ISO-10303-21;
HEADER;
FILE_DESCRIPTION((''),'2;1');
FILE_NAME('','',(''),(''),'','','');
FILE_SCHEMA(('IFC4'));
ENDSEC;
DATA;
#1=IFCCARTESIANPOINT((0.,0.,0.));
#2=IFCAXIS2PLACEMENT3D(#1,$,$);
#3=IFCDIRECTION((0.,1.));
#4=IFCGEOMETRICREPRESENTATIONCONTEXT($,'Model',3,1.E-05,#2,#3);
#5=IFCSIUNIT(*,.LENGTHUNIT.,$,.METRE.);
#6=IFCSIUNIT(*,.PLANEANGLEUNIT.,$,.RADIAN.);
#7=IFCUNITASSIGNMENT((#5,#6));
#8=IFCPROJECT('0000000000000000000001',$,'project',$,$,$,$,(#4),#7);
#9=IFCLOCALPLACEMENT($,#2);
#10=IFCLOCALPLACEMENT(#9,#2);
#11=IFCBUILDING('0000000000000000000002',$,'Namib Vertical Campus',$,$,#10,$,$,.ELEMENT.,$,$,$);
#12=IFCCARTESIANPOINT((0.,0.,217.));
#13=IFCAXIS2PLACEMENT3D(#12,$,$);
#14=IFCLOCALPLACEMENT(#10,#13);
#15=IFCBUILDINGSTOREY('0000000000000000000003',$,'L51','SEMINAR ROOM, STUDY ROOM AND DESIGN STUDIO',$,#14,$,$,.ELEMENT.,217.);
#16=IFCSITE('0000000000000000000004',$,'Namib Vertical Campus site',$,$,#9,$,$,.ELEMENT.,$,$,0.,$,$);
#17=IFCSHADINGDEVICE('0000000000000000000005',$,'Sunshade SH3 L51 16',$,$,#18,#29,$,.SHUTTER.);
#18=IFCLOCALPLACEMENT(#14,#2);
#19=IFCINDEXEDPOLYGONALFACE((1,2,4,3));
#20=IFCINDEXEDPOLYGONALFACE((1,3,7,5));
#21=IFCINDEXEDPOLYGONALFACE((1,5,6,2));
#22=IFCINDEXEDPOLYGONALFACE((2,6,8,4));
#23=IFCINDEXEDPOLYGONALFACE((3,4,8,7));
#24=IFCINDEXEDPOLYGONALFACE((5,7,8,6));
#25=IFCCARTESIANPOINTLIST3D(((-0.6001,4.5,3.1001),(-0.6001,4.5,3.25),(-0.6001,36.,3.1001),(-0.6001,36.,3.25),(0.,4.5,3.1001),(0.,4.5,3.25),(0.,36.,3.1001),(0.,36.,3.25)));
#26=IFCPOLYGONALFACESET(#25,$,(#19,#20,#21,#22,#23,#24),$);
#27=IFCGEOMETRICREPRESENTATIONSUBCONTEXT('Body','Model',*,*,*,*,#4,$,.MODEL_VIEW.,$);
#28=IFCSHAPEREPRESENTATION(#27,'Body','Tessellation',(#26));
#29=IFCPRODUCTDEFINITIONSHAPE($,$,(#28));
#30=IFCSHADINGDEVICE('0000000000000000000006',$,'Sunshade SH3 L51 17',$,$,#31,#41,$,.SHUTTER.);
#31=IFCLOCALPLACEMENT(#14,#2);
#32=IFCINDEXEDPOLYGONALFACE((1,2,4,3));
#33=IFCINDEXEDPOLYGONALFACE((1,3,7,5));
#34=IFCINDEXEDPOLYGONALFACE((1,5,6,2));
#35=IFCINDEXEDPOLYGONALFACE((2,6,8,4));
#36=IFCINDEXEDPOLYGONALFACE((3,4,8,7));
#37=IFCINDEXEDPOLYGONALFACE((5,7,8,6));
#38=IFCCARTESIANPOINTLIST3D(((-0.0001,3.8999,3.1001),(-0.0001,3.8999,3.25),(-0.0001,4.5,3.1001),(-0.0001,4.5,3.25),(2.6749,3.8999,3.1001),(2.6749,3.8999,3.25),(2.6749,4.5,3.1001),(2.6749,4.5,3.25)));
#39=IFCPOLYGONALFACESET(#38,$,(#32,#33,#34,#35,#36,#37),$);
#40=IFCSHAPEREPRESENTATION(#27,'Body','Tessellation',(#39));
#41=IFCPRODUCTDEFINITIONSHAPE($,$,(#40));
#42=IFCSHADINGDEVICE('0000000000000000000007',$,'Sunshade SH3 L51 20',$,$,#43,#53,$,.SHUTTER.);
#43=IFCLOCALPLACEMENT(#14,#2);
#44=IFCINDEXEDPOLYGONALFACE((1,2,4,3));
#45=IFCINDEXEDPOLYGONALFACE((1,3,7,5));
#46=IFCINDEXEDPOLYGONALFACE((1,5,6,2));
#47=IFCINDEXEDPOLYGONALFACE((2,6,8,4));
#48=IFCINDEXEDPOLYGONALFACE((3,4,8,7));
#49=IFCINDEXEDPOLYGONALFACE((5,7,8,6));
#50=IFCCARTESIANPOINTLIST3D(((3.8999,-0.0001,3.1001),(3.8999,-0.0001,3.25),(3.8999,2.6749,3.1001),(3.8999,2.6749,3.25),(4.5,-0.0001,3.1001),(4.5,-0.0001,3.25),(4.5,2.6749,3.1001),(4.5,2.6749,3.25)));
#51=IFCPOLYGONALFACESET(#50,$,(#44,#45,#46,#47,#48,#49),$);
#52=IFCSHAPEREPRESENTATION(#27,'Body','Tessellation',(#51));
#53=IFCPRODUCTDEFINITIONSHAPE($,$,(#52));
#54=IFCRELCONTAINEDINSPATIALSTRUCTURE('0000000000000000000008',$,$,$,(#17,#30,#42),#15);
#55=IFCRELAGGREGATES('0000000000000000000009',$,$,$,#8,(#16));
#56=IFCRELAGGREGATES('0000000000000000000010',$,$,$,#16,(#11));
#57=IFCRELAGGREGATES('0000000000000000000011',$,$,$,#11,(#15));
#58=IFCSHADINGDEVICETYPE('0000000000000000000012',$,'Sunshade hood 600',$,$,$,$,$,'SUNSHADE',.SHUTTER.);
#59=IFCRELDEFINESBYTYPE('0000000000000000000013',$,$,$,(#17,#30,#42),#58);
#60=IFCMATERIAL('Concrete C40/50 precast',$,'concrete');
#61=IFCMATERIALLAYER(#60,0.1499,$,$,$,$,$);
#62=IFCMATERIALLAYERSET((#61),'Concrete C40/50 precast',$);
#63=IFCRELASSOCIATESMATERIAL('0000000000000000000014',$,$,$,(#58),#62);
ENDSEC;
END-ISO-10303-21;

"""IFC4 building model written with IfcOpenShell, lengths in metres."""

from ifc_helpers import new_model, si_unit, direction, frame, origin, origin_2d, place, context, subcontext, project, spatial, rectangle, extrude, material, layer, layer_set, type_object, element, save


model = new_model("IFC4")

# Units and contexts
model_context = context("Model", 3, precision=1e-05, world=origin(), true_north=direction((0.0, 1.0)))
body_context = subcontext(model_context, "Body", "Model", "MODEL_VIEW")
ifc_project = project(units=[si_unit("LENGTHUNIT", "METRE"), si_unit("PLANEANGLEUNIT", "RADIAN")], contexts=[model_context])

# Site, building, storey
site_placement = place(None, origin())
site = spatial("IfcSite", under=ifc_project, at=site_placement, Name="Namib Vertical Campus site", CompositionType="ELEMENT", RefElevation=0.0)
building_placement = place(site_placement, origin())
building = spatial("IfcBuilding", under=site, at=building_placement, Name="Namib Vertical Campus", CompositionType="ELEMENT")
storey_placement = place(building_placement, frame((0.0, 0.0, 217.0)))
storey = spatial("IfcBuildingStorey", under=building, at=storey_placement, Name="L51", Description="SEMINAR ROOM, STUDY ROOM AND DESIGN STUDIO", CompositionType="ELEMENT", Elevation=217.0)

# Shading devices
ifc_material_1 = material(Name="Concrete C40/50 precast", Category="concrete")
ifc_layer_1 = layer(ifc_material_1, 0.1499)
ifc_layer_set_1 = layer_set([ifc_layer_1], Name="Concrete C40/50 precast")
shading_device_type = type_object("IfcShadingDeviceType", Name="Sunshade hood 600", ElementType="SUNSHADE", PredefinedType="SHUTTER", material=ifc_layer_set_1)
shading_device_placement = place(storey_placement, frame((-0.3, 20.25, 3.1001), z_axis=(0.0, 0.0, 1.0), x_axis=(0.0, -1.0, 0.0)))
element("IfcShadingDevice", 1, at=shading_device_placement, inside=storey, type_object=shading_device_type, Name="Sunshade SH3 L51 16", PredefinedType="SHUTTER", context=body_context, shape_type="SweptSolid", body=[
    extrude(rectangle(XDim=31.5, YDim=0.6001, at=origin_2d()), origin(), (0.0, 0.0, 1.0), 0.1499),
])
for number, where, z_axis, x_axis, name in (
    (2, (1.3374, 4.2, 3.1001), (0.0, 0.0, 1.0), (1.0, 0.0, 0.0), "Sunshade SH3 L51 17"),
    (3, (4.2, 1.3374, 3.1001), (0.0, 0.0, 1.0), (0.0, -1.0, 0.0), "Sunshade SH3 L51 20"),
):
    element("IfcShadingDevice", number, at=place(storey_placement, frame(where, z_axis=z_axis, x_axis=x_axis)), inside=storey, type_object=shading_device_type, Name=name, PredefinedType="SHUTTER", context=body_context, shape_type="SweptSolid", body=[
        extrude(rectangle(XDim=2.675, YDim=0.6001, at=origin_2d()), origin(), (0.0, 0.0, 1.0), 0.1499),
    ])

save(model, "model.ifc")
